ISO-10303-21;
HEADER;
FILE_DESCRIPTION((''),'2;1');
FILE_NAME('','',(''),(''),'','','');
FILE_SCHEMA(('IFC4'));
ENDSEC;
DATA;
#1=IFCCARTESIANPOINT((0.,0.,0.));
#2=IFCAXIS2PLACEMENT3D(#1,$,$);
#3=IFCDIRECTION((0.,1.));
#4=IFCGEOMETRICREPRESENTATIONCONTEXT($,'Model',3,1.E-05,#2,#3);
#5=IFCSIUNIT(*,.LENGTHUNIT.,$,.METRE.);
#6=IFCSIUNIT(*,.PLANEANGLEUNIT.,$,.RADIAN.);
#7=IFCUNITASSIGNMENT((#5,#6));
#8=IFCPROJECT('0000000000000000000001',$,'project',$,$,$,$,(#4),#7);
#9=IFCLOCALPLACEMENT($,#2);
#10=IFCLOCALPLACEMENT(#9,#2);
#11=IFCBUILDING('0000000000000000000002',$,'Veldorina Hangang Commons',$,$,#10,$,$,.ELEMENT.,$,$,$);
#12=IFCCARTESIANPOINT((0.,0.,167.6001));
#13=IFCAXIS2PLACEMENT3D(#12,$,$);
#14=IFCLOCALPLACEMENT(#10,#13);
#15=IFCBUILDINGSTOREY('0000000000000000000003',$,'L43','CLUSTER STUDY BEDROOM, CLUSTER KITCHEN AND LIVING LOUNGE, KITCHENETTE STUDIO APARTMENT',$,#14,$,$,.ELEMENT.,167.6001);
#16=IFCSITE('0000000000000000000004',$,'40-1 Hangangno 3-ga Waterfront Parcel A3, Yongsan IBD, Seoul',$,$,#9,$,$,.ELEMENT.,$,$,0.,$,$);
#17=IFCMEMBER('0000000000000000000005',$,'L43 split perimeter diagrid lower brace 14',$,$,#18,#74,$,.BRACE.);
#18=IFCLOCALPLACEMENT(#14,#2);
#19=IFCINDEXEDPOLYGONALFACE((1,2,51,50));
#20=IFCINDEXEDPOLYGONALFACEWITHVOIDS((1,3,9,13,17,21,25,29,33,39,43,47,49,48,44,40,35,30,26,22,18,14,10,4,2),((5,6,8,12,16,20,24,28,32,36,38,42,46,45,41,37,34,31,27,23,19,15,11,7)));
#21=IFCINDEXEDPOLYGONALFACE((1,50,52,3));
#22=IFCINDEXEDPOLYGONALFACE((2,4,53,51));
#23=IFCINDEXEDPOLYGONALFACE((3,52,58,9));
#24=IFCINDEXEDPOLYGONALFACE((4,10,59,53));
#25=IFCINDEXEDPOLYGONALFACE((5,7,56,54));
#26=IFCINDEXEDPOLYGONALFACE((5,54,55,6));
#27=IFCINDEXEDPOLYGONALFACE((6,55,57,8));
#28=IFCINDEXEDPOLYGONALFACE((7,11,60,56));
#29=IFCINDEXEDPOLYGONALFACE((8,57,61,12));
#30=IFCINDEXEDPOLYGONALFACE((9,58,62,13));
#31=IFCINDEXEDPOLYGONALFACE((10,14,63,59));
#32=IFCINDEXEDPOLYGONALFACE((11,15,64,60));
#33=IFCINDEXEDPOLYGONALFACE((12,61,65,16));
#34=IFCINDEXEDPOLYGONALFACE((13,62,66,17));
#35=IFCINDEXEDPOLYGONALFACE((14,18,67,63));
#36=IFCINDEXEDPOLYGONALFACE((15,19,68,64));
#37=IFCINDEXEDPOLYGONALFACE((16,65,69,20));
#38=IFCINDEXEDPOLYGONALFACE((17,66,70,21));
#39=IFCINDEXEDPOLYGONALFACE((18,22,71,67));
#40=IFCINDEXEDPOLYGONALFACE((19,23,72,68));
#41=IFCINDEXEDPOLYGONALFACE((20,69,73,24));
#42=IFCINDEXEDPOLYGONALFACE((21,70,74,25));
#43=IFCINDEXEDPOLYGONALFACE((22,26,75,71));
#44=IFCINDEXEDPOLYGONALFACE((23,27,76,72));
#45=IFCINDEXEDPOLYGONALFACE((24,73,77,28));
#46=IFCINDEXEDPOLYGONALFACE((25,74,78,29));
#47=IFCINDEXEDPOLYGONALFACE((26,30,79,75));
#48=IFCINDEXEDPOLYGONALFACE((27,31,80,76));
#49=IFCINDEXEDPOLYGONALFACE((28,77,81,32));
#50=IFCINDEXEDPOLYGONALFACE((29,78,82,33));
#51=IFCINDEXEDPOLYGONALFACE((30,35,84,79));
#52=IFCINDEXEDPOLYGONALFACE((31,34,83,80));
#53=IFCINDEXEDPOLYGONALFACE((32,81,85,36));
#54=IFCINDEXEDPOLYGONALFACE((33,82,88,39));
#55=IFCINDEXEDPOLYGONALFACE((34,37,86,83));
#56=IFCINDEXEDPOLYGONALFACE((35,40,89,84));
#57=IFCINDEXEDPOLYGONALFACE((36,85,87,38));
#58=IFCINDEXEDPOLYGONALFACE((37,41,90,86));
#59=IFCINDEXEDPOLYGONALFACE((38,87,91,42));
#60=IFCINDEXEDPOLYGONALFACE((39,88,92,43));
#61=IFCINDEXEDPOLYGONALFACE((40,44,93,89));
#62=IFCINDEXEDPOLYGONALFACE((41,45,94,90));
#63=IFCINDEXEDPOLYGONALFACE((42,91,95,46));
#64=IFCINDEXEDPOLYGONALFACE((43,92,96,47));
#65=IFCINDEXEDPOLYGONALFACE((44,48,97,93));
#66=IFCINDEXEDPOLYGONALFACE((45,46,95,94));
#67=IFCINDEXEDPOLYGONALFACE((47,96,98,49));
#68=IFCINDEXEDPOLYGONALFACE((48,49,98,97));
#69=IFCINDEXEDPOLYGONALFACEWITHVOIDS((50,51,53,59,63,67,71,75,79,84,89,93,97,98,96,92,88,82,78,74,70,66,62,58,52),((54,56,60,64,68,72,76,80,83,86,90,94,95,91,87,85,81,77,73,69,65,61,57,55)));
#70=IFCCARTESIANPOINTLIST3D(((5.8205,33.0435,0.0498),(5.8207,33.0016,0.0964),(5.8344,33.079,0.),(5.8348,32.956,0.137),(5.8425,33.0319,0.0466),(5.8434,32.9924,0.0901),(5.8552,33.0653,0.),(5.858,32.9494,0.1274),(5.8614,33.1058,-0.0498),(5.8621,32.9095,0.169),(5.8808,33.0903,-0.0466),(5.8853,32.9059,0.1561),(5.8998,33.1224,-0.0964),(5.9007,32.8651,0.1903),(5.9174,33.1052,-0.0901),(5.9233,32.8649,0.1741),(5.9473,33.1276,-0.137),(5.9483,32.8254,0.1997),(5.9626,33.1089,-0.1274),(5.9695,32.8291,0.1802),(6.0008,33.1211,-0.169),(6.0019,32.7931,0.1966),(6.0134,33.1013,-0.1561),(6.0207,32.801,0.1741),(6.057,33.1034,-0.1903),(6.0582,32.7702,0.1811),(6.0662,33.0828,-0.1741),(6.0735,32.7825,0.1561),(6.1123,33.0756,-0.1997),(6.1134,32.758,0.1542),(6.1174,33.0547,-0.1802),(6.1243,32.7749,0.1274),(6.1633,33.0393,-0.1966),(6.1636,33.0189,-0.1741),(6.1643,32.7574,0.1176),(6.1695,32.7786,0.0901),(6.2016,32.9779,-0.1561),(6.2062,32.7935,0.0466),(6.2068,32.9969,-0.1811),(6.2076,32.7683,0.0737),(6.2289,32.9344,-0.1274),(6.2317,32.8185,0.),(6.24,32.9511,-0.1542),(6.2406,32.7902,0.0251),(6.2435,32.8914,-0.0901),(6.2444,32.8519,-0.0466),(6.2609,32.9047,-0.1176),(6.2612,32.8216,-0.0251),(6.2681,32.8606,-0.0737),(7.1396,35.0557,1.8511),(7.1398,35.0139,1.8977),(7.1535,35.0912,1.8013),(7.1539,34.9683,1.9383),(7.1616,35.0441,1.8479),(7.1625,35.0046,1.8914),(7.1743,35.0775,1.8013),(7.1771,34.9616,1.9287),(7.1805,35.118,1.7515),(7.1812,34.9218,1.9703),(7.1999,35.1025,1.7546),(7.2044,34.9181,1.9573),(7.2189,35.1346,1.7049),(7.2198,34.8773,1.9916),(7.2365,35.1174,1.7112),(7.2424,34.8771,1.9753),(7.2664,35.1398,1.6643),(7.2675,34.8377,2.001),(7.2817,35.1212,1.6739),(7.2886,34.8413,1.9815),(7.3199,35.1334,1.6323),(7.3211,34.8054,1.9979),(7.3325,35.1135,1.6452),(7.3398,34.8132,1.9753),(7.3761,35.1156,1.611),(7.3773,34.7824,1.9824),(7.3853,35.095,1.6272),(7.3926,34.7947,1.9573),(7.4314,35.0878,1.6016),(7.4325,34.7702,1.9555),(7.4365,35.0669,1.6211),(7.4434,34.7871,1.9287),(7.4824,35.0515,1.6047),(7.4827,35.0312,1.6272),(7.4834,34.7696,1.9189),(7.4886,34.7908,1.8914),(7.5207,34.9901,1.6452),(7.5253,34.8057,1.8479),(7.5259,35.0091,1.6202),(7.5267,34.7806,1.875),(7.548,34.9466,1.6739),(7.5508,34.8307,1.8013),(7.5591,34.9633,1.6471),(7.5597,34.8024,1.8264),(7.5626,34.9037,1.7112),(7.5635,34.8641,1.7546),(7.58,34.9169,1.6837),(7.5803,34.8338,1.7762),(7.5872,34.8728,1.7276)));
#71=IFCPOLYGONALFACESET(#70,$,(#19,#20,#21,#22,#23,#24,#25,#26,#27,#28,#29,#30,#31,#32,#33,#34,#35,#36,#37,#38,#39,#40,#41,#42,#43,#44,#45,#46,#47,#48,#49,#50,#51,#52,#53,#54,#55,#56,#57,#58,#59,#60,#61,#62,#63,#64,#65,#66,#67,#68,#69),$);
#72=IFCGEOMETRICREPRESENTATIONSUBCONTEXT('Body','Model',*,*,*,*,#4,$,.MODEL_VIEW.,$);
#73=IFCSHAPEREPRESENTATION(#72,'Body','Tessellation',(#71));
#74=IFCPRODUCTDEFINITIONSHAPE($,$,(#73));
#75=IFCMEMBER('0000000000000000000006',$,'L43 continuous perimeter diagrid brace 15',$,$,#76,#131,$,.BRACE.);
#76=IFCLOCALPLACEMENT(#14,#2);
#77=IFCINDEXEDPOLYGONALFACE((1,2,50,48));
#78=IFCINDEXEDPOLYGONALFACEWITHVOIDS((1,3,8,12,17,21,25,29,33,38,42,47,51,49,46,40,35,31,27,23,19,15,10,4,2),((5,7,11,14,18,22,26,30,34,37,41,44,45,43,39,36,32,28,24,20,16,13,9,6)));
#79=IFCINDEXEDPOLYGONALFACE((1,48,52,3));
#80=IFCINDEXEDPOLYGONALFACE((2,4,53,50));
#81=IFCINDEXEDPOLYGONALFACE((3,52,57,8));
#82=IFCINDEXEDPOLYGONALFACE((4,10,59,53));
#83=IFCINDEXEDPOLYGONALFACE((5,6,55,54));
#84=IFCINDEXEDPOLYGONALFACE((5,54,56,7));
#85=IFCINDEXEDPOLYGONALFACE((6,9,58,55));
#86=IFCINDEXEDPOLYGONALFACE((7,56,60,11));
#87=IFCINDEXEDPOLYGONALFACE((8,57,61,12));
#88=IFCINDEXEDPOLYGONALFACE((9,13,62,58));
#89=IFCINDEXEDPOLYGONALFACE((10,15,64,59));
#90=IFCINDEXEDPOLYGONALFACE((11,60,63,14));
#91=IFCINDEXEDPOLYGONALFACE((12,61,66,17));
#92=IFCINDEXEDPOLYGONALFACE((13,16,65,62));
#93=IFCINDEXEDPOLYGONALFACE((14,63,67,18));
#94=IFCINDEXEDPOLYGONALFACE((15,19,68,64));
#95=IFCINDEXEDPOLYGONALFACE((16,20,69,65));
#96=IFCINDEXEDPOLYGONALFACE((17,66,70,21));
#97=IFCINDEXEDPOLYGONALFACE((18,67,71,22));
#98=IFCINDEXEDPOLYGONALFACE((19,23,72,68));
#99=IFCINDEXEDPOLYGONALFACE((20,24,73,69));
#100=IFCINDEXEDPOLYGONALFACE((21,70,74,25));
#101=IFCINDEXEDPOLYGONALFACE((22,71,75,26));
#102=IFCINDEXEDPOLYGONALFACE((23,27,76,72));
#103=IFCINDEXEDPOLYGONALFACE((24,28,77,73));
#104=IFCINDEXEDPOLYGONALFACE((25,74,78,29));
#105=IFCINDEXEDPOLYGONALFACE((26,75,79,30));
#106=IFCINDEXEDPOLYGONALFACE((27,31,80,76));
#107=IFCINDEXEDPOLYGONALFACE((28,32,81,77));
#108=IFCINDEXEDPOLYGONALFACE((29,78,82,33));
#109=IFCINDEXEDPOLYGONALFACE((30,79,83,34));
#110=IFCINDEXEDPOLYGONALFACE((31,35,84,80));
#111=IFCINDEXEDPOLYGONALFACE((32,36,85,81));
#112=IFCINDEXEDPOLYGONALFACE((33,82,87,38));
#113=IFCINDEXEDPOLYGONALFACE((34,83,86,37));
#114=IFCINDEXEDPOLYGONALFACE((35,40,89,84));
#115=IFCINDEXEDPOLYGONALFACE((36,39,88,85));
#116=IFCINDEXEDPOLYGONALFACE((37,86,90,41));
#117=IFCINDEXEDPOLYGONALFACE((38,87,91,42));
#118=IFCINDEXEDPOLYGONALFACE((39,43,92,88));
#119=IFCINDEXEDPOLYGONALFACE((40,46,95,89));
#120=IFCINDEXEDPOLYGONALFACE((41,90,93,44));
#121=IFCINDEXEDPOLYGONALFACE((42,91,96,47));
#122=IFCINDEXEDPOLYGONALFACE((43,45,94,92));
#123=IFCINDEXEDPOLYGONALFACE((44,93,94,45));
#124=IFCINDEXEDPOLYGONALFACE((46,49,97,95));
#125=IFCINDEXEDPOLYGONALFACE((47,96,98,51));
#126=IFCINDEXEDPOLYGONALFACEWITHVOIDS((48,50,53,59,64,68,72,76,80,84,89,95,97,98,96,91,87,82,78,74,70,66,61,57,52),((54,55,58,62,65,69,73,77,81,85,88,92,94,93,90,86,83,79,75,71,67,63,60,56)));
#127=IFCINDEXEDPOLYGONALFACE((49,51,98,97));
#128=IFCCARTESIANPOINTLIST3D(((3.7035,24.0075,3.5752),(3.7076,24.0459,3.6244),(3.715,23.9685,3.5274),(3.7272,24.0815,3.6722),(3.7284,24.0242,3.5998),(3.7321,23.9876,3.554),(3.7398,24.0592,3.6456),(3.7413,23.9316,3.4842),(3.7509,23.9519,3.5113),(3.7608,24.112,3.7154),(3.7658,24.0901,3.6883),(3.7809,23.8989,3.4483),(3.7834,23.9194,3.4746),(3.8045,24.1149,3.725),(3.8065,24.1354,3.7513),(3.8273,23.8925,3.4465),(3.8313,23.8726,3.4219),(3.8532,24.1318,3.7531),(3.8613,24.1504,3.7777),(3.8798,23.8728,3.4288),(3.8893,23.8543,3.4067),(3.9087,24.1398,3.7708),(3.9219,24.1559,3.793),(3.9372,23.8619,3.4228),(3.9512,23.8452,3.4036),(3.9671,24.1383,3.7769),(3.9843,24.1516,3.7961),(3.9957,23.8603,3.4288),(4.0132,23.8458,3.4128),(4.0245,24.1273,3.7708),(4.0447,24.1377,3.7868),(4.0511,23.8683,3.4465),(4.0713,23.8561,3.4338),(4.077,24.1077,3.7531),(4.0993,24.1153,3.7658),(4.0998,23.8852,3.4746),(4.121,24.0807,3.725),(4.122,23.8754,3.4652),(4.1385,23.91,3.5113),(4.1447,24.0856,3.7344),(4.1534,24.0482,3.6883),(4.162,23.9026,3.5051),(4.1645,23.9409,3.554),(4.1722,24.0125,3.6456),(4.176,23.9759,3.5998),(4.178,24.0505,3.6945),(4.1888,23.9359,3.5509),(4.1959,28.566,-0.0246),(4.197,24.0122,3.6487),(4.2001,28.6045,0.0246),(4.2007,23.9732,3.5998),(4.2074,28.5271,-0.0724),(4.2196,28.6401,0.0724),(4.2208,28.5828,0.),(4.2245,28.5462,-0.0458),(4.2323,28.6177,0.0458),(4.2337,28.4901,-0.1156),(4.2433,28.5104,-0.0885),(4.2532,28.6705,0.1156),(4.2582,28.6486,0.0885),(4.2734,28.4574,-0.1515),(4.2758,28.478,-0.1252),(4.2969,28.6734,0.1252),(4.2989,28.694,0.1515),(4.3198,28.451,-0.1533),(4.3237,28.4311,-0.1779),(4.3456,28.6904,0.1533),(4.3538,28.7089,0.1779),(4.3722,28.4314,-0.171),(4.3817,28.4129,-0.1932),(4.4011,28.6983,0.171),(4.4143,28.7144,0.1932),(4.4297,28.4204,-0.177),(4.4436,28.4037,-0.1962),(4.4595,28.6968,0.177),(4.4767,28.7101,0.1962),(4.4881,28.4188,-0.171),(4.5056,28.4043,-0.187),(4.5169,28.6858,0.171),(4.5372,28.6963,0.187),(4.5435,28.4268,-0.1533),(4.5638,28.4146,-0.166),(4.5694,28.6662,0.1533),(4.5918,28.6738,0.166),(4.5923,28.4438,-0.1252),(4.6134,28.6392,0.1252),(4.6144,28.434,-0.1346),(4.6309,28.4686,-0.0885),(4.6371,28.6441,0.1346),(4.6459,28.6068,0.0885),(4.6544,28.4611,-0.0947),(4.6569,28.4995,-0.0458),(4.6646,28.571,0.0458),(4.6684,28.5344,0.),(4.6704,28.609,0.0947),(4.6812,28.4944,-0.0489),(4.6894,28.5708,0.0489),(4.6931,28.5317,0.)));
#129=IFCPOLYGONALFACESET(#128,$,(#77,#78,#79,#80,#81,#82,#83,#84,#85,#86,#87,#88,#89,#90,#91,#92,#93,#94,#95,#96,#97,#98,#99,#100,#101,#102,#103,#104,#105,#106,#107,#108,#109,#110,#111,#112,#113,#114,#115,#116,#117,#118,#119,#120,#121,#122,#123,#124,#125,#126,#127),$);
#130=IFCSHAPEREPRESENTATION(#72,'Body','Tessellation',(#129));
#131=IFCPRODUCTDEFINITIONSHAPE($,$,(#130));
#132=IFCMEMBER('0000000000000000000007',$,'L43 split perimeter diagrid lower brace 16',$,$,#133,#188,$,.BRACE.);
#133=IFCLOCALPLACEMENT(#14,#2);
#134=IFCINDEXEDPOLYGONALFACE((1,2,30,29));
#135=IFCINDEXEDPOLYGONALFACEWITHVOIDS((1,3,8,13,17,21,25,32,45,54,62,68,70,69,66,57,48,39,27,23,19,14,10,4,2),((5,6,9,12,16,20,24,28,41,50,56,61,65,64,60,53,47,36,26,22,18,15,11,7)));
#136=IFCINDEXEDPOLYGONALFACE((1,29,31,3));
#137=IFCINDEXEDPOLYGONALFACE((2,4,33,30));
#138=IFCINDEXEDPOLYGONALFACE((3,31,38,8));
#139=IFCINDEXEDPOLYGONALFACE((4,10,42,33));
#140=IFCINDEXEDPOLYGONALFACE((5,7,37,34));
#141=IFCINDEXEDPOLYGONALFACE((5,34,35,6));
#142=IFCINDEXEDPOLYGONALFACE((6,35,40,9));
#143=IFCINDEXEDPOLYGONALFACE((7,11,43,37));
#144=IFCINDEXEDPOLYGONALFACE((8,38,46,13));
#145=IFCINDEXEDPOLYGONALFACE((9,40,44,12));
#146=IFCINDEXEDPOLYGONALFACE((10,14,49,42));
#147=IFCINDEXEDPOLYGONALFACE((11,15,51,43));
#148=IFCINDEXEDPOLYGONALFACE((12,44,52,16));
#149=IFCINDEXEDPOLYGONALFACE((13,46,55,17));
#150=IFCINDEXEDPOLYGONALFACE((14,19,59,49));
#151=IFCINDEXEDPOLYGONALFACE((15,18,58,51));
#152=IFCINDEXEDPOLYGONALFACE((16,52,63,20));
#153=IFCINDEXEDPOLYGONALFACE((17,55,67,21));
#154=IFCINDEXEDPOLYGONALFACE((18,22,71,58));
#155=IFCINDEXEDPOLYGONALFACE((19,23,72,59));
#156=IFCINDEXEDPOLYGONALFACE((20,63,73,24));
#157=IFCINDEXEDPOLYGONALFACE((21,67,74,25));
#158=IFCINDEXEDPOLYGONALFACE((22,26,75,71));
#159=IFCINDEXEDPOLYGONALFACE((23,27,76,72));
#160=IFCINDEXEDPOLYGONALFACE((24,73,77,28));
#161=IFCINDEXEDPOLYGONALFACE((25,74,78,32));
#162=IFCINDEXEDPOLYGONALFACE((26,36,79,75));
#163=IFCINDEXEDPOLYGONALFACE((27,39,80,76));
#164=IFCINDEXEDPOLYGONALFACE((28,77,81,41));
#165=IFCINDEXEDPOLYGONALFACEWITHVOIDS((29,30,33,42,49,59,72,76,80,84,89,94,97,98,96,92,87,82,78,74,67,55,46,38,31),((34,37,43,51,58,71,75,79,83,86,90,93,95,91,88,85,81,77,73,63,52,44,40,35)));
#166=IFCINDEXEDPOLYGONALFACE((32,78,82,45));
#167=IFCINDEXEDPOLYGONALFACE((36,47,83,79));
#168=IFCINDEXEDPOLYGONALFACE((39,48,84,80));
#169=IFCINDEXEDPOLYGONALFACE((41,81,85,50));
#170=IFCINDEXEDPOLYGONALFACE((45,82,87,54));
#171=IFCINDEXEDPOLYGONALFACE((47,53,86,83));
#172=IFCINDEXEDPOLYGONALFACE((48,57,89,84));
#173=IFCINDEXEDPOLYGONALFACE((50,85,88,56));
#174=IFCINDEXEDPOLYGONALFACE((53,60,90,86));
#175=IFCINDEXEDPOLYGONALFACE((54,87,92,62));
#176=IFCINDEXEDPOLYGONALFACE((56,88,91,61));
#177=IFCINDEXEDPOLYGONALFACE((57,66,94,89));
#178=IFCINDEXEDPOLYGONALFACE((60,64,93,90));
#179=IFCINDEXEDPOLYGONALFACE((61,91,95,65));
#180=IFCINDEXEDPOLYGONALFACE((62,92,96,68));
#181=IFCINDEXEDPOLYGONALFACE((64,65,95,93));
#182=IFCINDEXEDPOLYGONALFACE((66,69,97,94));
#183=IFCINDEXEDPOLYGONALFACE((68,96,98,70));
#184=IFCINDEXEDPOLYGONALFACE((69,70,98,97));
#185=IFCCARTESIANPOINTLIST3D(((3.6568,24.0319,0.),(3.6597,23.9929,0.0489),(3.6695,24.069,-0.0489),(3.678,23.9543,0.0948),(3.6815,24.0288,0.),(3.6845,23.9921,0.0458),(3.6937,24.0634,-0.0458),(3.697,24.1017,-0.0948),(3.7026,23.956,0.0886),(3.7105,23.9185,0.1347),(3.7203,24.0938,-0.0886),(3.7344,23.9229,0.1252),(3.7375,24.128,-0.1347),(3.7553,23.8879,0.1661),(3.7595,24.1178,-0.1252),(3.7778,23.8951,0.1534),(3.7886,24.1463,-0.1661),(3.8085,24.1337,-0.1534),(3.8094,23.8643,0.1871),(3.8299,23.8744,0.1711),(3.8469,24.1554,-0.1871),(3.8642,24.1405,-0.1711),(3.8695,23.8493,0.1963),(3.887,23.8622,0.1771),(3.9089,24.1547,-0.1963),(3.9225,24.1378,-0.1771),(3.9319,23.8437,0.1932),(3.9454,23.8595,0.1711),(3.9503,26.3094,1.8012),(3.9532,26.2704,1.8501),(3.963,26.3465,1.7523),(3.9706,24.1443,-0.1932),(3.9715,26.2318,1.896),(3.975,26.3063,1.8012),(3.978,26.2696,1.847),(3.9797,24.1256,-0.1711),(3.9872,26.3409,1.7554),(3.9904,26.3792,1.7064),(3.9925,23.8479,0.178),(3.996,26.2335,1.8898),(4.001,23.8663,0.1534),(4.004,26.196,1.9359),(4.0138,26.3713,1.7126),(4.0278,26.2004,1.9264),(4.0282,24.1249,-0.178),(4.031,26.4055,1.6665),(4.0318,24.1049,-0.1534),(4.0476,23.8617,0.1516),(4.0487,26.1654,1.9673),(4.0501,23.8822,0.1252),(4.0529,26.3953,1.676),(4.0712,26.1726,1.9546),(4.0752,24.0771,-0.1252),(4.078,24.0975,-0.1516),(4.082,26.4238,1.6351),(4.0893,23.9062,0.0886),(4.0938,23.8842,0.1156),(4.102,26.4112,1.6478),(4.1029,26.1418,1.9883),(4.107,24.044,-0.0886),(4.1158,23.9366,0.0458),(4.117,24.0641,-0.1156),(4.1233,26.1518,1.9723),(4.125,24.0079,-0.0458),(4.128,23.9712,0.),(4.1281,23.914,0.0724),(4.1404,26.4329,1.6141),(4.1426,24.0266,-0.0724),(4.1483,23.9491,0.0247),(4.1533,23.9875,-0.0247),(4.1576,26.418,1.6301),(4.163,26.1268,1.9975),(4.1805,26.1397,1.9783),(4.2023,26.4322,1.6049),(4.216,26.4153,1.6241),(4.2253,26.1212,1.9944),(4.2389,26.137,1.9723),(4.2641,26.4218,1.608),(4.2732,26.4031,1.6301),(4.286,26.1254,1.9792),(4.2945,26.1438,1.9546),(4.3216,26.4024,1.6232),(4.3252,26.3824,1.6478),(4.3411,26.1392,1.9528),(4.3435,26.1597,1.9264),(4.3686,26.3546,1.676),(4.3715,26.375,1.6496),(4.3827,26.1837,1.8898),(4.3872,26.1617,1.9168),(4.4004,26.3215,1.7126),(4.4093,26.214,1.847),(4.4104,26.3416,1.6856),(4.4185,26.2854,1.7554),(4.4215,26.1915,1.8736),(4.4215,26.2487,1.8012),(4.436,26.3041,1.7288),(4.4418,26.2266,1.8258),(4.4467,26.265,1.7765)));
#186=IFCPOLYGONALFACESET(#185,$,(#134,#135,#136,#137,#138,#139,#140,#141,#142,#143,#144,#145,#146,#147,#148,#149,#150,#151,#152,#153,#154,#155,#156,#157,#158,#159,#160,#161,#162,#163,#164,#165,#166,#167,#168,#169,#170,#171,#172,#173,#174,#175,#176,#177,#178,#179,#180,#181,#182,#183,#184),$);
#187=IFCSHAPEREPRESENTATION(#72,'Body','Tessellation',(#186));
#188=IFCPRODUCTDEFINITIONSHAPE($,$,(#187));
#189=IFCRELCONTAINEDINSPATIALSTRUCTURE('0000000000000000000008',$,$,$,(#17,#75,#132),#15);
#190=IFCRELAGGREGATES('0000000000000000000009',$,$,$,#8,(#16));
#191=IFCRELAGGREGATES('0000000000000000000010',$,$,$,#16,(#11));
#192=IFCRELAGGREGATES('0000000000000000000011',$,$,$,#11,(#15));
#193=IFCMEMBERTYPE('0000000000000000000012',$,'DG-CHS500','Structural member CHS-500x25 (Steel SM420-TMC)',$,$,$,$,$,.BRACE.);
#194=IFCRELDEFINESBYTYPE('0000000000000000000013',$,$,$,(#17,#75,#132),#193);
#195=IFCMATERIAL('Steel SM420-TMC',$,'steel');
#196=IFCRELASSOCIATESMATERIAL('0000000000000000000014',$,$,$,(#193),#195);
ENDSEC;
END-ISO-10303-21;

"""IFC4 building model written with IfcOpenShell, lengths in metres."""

from ifc_helpers import new_model, si_unit, direction, frame, origin, origin_2d, place, context, subcontext, project, spatial, hollow_circle, extrude, material, material_profile, profile_set, type_object, element, save


model = new_model("IFC4")

# Units and contexts
model_context = context("Model", 3, precision=1e-05, world=origin(), true_north=direction((0.0, 1.0)))
body_context = subcontext(model_context, "Body", "Model", "MODEL_VIEW")
ifc_project = project(units=[si_unit("LENGTHUNIT", "METRE"), si_unit("PLANEANGLEUNIT", "RADIAN")], contexts=[model_context])

# Site, building, storey
site_placement = place(None, origin())
site = spatial("IfcSite", under=ifc_project, at=site_placement, Name="40-1 Hangangno 3-ga Waterfront Parcel A3, Yongsan IBD, Seoul", CompositionType="ELEMENT", RefElevation=0.0)
building_placement = place(site_placement, origin())
building = spatial("IfcBuilding", under=site, at=building_placement, Name="Veldorina Hangang Commons", CompositionType="ELEMENT")
storey_placement = place(building_placement, frame((0.0, 0.0, 167.6001)))
storey = spatial("IfcBuildingStorey", under=building, at=storey_placement, Name="L43", Description="CLUSTER STUDY BEDROOM, CLUSTER KITCHEN AND LIVING LOUNGE, KITCHENETTE STUDIO APARTMENT", CompositionType="ELEMENT", Elevation=167.6001)

# Shared definitions
ifc_material_1 = material(Name="Steel SM420-TMC", Category="steel")

# Members
ifc_material_profile_1 = material_profile(ifc_material_1, hollow_circle(Radius=0.25, WallThickness=0.0249, at=origin_2d()), Name="CHS-500x25")
ifc_profile_set_1 = profile_set([ifc_material_profile_1], Name="Steel SM420-TMC")
member_type = type_object("IfcMemberType", Name="DG-CHS500", Description="Structural member CHS-500x25 (Steel SM420-TMC)", PredefinedType="BRACE", material=ifc_profile_set_1)
member_1_placement = place(storey_placement, frame((6.0435, 32.9419, 0.0), z_axis=(0.43888, 0.669489, 0.599307), x_axis=(-0.836318, 0.548244, 0.0)))
element("IfcMember", 1, at=member_1_placement, inside=storey, type_object=member_type, Name="L43 split perimeter diagrid lower brace 14", PredefinedType="BRACE", context=body_context, shape_type="SweptSolid", body=[
    extrude(hollow_circle(Radius=0.25, WallThickness=0.0249, at=origin_2d()), origin(), (0.0, 0.0, 1.0), 3.0056),
])
member_2_placement = place(storey_placement, frame((4.4446, 28.5586, 0.0), z_axis=(-0.084473, -0.781997, 0.617531), x_axis=(0.994216, -0.107398, 0.0)))
element("IfcMember", 2, at=member_2_placement, inside=storey, type_object=member_type, Name="L43 continuous perimeter diagrid brace 15", PredefinedType="BRACE", context=body_context, shape_type="SweptSolid", body=[
    extrude(hollow_circle(Radius=0.25, WallThickness=0.0249, at=origin_2d()), origin(), (0.0, 0.0, 1.0), 5.8293),
])
member_3_placement = place(storey_placement, frame((3.9048, 24.0, 0.0), z_axis=(0.100548, 0.780376, 0.617174), x_axis=(-0.991801, 0.127789, 0.0)))
element("IfcMember", 3, at=member_3_placement, inside=storey, type_object=member_type, Name="L43 split perimeter diagrid lower brace 16", PredefinedType="BRACE", context=body_context, shape_type="SweptSolid", body=[
    extrude(hollow_circle(Radius=0.25, WallThickness=0.0249, at=origin_2d()), origin(), (0.0, 0.0, 1.0), 2.9185),
])

save(model, "model.ifc")
